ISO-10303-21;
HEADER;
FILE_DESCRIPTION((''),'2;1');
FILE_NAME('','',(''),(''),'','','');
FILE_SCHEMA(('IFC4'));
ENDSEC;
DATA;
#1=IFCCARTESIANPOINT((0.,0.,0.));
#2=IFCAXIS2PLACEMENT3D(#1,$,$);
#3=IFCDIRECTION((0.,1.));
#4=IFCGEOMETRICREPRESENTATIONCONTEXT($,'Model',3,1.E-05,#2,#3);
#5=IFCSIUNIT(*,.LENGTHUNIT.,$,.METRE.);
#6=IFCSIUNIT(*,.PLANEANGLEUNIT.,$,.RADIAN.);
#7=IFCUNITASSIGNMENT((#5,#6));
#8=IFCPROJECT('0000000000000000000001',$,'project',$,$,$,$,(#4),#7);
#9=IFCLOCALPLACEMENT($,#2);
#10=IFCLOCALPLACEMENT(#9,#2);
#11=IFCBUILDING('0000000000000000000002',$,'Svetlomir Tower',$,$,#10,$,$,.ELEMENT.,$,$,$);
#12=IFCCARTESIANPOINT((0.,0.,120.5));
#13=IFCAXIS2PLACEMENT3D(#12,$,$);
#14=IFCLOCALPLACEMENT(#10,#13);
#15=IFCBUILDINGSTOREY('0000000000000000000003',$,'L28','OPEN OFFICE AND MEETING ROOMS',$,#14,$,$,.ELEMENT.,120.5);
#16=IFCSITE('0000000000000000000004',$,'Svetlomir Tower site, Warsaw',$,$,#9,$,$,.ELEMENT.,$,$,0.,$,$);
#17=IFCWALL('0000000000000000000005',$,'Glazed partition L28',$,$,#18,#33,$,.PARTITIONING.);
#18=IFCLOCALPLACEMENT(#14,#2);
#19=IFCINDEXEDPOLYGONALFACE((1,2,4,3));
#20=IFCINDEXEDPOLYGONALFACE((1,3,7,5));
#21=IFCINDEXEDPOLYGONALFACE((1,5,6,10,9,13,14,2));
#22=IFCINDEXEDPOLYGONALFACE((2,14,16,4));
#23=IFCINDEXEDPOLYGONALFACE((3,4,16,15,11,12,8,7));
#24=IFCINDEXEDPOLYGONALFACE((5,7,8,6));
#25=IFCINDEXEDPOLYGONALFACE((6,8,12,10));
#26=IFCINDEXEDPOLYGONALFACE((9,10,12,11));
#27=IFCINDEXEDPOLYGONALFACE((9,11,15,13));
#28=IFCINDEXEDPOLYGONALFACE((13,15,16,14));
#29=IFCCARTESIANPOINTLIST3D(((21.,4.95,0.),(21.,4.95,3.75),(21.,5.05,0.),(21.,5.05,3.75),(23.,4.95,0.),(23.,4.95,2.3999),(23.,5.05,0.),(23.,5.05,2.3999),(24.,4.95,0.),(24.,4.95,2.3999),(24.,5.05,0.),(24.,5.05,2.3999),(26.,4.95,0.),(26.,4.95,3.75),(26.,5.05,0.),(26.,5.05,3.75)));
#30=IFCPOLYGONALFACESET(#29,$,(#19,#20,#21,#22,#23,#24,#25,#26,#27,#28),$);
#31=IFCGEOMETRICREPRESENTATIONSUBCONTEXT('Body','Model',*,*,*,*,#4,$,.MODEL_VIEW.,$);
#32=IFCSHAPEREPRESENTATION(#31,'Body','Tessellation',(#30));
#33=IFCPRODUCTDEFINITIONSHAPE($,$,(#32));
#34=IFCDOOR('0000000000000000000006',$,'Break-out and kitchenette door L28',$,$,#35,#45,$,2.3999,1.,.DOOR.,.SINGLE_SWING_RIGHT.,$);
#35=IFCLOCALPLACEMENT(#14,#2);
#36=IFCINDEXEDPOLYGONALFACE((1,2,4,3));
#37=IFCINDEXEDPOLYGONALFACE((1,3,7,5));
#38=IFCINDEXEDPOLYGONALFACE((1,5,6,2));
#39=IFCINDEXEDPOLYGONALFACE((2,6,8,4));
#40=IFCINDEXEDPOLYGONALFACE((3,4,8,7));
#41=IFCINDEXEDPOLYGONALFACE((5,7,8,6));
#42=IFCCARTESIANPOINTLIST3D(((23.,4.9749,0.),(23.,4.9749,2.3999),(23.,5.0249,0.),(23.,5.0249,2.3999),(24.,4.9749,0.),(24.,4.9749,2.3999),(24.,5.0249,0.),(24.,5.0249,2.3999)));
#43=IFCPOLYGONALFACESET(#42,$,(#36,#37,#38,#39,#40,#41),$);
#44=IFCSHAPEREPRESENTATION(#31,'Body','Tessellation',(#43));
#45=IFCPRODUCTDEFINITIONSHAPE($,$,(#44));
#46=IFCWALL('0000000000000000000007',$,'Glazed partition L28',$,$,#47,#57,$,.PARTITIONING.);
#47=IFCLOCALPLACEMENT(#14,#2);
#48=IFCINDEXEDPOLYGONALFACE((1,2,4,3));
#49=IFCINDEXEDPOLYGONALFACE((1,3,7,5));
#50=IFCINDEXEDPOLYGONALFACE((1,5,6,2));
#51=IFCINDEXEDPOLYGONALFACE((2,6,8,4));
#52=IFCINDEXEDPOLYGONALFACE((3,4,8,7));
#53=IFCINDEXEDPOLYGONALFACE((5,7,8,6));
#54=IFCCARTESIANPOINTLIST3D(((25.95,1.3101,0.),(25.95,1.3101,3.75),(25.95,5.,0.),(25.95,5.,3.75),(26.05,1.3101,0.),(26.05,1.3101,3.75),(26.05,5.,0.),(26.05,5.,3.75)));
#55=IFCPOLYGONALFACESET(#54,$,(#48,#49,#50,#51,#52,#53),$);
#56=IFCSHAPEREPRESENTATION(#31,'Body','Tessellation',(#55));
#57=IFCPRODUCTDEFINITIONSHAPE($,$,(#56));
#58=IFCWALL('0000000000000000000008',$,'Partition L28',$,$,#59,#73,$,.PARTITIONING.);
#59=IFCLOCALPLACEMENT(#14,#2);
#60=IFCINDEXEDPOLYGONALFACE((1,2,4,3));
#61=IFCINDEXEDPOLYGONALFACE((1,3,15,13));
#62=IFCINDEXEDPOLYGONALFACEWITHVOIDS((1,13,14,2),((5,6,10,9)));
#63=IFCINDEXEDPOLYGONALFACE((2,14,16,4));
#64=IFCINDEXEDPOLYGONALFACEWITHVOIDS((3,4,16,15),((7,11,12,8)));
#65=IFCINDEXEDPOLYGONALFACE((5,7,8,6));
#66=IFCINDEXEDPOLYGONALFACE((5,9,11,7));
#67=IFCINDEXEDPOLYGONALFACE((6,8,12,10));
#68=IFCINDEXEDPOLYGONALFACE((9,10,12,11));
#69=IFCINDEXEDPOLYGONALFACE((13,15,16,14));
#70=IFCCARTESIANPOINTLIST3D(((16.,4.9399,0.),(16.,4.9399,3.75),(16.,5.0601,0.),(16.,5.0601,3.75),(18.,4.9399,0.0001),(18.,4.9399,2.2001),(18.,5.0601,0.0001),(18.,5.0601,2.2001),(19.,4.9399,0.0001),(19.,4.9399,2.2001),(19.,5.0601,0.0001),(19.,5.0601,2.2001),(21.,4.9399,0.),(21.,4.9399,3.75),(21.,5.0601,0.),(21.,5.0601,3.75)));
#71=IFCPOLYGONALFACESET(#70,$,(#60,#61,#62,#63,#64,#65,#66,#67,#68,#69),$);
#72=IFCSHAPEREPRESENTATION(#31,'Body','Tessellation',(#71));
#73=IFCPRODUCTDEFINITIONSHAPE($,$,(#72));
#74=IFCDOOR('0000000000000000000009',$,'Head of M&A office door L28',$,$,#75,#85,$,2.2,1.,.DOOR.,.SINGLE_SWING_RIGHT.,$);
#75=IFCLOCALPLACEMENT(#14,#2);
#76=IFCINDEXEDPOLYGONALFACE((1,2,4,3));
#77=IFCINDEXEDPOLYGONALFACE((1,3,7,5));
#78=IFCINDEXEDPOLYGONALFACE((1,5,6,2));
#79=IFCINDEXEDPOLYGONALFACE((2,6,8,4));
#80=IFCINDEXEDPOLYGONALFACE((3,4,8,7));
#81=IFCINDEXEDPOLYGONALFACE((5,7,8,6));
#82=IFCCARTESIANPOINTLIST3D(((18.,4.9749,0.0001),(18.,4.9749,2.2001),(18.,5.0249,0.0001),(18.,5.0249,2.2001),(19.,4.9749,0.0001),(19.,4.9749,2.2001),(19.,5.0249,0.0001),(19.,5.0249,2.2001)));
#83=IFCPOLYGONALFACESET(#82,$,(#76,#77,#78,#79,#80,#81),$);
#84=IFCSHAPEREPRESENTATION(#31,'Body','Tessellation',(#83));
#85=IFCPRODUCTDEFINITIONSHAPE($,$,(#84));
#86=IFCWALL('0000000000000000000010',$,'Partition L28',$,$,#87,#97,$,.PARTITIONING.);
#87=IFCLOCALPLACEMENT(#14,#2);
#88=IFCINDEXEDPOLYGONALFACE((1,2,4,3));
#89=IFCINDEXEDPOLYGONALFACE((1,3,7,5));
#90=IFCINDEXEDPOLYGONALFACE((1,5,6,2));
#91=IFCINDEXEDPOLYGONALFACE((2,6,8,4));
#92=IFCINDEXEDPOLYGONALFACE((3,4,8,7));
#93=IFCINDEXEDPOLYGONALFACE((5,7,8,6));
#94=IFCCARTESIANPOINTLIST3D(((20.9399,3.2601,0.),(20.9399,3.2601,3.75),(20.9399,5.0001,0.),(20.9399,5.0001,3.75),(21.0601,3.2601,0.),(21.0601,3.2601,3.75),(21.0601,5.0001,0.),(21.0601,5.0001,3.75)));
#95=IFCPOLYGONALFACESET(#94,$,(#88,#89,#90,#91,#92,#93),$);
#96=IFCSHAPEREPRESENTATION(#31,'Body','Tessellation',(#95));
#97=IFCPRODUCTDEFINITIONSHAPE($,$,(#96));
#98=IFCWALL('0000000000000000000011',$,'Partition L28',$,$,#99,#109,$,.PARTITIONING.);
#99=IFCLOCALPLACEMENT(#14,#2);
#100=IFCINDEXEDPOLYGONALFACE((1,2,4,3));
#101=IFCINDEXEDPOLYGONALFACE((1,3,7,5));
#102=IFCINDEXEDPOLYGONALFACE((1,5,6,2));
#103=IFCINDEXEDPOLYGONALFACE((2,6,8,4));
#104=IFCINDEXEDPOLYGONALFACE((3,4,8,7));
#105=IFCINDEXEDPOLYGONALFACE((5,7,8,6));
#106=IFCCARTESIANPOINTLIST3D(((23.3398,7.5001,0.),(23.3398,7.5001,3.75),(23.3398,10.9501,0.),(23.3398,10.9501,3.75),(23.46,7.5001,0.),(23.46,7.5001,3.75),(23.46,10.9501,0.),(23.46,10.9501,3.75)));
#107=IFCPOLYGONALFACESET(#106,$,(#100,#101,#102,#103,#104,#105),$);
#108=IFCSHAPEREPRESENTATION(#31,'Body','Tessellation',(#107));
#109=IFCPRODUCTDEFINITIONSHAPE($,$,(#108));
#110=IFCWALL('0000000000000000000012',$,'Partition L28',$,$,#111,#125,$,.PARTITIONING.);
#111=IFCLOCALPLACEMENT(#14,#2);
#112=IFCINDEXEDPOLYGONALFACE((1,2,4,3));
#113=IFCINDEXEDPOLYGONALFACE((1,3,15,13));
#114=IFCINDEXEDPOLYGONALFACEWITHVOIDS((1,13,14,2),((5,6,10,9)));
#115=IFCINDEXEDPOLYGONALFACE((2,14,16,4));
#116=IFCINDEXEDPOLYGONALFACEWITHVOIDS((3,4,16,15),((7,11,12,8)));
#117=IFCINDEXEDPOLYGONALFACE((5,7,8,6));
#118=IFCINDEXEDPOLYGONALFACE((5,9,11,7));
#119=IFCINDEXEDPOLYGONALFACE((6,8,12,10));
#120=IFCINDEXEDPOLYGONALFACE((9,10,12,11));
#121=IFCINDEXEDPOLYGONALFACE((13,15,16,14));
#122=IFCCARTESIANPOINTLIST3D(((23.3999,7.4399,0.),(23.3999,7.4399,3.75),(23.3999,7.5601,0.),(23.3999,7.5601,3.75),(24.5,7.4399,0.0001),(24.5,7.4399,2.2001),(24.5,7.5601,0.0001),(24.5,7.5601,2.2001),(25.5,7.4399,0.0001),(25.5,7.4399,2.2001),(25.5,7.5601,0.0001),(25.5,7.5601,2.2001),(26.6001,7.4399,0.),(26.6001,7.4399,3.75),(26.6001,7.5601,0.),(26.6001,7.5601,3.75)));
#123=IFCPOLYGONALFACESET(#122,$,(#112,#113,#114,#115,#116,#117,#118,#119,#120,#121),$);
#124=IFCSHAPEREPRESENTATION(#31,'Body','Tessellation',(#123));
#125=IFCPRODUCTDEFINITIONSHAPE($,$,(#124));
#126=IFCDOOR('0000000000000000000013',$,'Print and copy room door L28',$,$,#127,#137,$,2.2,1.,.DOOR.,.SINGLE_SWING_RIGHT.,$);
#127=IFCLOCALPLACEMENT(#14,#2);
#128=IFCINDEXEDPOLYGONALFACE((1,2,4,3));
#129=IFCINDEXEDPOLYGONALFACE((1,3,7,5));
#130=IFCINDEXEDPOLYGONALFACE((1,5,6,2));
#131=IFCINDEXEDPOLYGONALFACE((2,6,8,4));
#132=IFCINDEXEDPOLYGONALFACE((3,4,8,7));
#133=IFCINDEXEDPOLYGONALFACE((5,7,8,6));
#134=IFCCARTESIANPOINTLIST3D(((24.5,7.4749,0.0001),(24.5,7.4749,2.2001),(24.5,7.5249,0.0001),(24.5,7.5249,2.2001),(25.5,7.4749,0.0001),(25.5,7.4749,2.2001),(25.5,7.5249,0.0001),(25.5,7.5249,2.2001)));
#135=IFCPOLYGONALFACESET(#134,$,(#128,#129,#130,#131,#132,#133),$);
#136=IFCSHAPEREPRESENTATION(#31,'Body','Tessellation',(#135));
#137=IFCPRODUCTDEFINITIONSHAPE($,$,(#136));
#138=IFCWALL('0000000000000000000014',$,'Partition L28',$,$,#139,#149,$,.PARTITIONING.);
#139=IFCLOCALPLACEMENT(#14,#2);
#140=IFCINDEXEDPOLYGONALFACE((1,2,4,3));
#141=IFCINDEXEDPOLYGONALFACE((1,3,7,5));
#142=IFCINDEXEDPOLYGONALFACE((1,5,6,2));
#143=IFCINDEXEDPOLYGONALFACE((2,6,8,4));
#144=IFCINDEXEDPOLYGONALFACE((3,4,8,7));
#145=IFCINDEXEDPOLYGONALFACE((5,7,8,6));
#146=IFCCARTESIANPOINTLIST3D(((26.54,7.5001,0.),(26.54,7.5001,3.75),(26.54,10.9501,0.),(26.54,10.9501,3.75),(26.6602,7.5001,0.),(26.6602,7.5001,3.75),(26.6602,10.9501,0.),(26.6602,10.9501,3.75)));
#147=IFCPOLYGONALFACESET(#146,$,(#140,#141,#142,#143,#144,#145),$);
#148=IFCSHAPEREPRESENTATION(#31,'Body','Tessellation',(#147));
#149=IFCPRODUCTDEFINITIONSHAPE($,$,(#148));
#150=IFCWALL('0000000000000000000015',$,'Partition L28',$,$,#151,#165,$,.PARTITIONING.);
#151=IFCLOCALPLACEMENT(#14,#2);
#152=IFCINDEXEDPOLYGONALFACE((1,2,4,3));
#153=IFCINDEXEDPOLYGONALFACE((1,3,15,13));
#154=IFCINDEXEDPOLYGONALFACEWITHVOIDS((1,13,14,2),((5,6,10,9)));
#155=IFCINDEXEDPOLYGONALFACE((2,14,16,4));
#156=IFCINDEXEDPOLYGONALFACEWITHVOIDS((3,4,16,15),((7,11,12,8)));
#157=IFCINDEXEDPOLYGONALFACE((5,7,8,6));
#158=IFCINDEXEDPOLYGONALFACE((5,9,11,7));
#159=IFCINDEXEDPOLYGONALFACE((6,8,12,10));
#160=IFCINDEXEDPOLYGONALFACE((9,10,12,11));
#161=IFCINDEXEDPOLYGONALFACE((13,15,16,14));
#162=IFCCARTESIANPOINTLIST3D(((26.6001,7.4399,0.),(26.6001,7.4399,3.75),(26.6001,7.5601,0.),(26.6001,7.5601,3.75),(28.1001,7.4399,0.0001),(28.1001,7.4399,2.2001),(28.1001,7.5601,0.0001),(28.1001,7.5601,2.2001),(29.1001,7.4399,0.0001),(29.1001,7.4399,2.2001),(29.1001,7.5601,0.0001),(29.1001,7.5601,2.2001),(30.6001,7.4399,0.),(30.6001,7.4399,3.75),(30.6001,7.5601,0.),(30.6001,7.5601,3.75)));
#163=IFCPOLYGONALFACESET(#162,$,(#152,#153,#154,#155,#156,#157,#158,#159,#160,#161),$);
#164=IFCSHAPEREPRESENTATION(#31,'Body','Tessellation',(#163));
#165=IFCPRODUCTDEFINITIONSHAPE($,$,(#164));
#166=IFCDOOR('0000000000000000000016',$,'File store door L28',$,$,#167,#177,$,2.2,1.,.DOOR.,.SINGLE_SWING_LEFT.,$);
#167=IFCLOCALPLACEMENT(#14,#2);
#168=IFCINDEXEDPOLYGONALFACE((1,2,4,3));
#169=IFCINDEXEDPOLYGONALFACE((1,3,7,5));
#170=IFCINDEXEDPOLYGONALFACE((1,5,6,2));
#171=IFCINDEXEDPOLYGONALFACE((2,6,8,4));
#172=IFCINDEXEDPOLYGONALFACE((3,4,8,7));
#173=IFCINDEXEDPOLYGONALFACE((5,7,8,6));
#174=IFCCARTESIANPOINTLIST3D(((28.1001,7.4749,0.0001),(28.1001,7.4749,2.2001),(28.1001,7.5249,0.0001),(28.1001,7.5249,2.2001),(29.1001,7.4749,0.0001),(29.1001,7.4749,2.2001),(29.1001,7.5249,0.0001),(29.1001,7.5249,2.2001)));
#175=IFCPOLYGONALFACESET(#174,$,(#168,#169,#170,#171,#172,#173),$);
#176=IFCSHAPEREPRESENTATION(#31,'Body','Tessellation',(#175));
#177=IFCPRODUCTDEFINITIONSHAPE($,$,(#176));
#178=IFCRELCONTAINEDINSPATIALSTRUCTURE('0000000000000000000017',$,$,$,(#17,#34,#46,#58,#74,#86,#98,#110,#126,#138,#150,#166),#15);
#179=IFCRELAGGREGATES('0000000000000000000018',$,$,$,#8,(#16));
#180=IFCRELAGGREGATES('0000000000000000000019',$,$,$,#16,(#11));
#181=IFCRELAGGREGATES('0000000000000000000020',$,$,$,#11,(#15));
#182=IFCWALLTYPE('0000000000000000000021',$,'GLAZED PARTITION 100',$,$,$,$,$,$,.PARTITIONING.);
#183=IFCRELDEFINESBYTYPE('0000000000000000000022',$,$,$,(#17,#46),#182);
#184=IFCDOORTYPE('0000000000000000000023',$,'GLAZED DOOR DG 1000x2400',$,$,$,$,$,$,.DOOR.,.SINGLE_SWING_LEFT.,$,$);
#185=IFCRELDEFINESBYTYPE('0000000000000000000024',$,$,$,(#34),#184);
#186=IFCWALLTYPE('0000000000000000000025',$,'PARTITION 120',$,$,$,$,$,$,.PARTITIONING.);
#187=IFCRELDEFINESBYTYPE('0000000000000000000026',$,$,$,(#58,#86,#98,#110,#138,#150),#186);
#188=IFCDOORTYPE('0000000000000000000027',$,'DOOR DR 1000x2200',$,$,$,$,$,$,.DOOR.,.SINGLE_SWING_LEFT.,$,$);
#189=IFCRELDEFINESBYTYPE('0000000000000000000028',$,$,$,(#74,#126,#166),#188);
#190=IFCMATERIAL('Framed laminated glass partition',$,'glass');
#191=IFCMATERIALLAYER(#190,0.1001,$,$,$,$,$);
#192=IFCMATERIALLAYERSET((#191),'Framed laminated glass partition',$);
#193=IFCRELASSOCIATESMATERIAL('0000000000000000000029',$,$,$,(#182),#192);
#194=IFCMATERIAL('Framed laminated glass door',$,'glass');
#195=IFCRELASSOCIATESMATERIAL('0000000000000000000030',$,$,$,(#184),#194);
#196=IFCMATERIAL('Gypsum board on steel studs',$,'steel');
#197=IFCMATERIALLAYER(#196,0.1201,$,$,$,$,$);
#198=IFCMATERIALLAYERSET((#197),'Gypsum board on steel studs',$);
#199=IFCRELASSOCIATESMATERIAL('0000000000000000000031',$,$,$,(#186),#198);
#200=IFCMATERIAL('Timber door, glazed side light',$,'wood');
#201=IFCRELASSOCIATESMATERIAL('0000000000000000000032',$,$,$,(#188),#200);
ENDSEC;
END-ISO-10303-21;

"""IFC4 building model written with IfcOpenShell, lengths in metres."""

from ifc_helpers import new_model, si_unit, direction, frame, frame_2d, origin, place, context, subcontext, project, spatial, rectangle, extrude, material, layer, layer_set, type_object, element, fill, save


model = new_model("IFC4")

# Units and contexts
model_context = context("Model", 3, precision=1e-05, world=origin(), true_north=direction((0.0, 1.0)))
body_context = subcontext(model_context, "Body", "Model", "MODEL_VIEW")
ifc_project = project(units=[si_unit("LENGTHUNIT", "METRE"), si_unit("PLANEANGLEUNIT", "RADIAN")], contexts=[model_context])

# Site, building, storey
site_placement = place(None, origin())
site = spatial("IfcSite", under=ifc_project, at=site_placement, Name="Svetlomir Tower site, Warsaw", CompositionType="ELEMENT", RefElevation=0.0)
building_placement = place(site_placement, origin())
building = spatial("IfcBuilding", under=site, at=building_placement, Name="Svetlomir Tower", CompositionType="ELEMENT")
storey_placement = place(building_placement, frame((0.0, 0.0, 120.5)))
storey = spatial("IfcBuildingStorey", under=building, at=storey_placement, Name="L28", Description="OPEN OFFICE AND MEETING ROOMS", CompositionType="ELEMENT", Elevation=120.5)

# Shared definitions
ifc_material_1 = material(Name="Framed laminated glass partition", Category="glass")
ifc_layer_1 = layer(ifc_material_1, 0.1001)
ifc_layer_set_1 = layer_set([ifc_layer_1], Name="Framed laminated glass partition")
wall_type_1 = type_object("IfcWallType", Name="GLAZED PARTITION 100", PredefinedType="PARTITIONING", material=ifc_layer_set_1)

# Wall, opening, door
wall_1_placement = place(storey_placement, frame((21.0, 5.0, 0.0), z_axis=(0.0, 0.0, 1.0), x_axis=(1.0, 0.0, 0.0)))
wall_1 = element("IfcWall", 1, at=wall_1_placement, inside=storey, type_object=wall_type_1, Name="Glazed partition L28", PredefinedType="PARTITIONING", context=body_context, shape_type="SweptSolid", body=[
    extrude(rectangle(XDim=5.0, YDim=0.1001, at=frame_2d((2.5, 0.0))), origin(), (0.0, 0.0, 1.0), 3.75),
])
opening_1_placement = place(wall_1_placement, frame((2.0, 0.0, 0.0)))
opening_1 = element("IfcOpeningElement", 2, at=opening_1_placement, cuts=wall_1, PredefinedType="OPENING", context=body_context, shape_type="SweptSolid", body=[
    extrude(rectangle(XDim=1.0, YDim=2.3999, at=frame_2d((0.5, 1.2))), frame((0.0, 0.0601, 0.0), z_axis=(0.0, -1.0, 0.0), x_axis=(1.0, 0.0, 0.0)), (0.0, 0.0, 1.0), 0.1201),
])
ifc_material_2 = material(Name="Framed laminated glass door", Category="glass")
door_type_1 = type_object("IfcDoorType", Name="GLAZED DOOR DG 1000x2400", OperationType="SINGLE_SWING_LEFT", PredefinedType="DOOR", material=ifc_material_2)
door_1_placement = place(opening_1_placement, origin())
door_1 = element("IfcDoor", 3, at=door_1_placement, inside=storey, type_object=door_type_1, Name="Break-out and kitchenette door L28", OperationType="SINGLE_SWING_RIGHT", OverallHeight=2.3999, OverallWidth=1.0, PredefinedType="DOOR", context=body_context, shape_type="SweptSolid", body=[
    extrude(rectangle(XDim=1.0, YDim=2.3999, at=frame_2d((0.5, 1.2))), frame((0.0, 0.0249, 0.0), z_axis=(0.0, -1.0, 0.0), x_axis=(1.0, 0.0, 0.0)), (0.0, 0.0, 1.0), 0.05),
])
fill(opening_1, door_1)

# Wall
wall_2_placement = place(storey_placement, frame((26.0, 1.3101, 0.0), z_axis=(0.0, 0.0, 1.0), x_axis=(0.0, 1.0, 0.0)))
element("IfcWall", 4, at=wall_2_placement, inside=storey, type_object=wall_type_1, Name="Glazed partition L28", PredefinedType="PARTITIONING", context=body_context, shape_type="SweptSolid", body=[
    extrude(rectangle(XDim=3.6899, YDim=0.1001, at=frame_2d((1.845, 0.0))), origin(), (0.0, 0.0, 1.0), 3.75),
])

# Wall, opening, door
ifc_material_3 = material(Name="Gypsum board on steel studs", Category="steel")
ifc_layer_2 = layer(ifc_material_3, 0.1201)
ifc_layer_set_2 = layer_set([ifc_layer_2], Name="Gypsum board on steel studs")
wall_type_2 = type_object("IfcWallType", Name="PARTITION 120", PredefinedType="PARTITIONING", material=ifc_layer_set_2)
wall_3_placement = place(storey_placement, frame((16.0, 5.0, 0.0), z_axis=(0.0, 0.0, 1.0), x_axis=(1.0, 0.0, 0.0)))
wall_3 = element("IfcWall", 5, at=wall_3_placement, inside=storey, type_object=wall_type_2, Name="Partition L28", PredefinedType="PARTITIONING", context=body_context, shape_type="SweptSolid", body=[
    extrude(rectangle(XDim=5.0, YDim=0.1201, at=frame_2d((2.5, 0.0))), origin(), (0.0, 0.0, 1.0), 3.75),
])
opening_2_placement = place(wall_3_placement, frame((2.0, 0.0, 0.0)))
opening_2 = element("IfcOpeningElement", 6, at=opening_2_placement, cuts=wall_3, PredefinedType="OPENING", context=body_context, shape_type="SweptSolid", body=[
    extrude(rectangle(XDim=1.0, YDim=2.2, at=frame_2d((0.5, 1.1001))), frame((0.0, 0.0701, 0.0), z_axis=(0.0, -1.0, 0.0), x_axis=(1.0, 0.0, 0.0)), (0.0, 0.0, 1.0), 0.1401),
])
ifc_material_4 = material(Name="Timber door, glazed side light", Category="wood")
door_type_2 = type_object("IfcDoorType", Name="DOOR DR 1000x2200", OperationType="SINGLE_SWING_LEFT", PredefinedType="DOOR", material=ifc_material_4)
door_2_placement = place(opening_2_placement, origin())
door_2 = element("IfcDoor", 7, at=door_2_placement, inside=storey, type_object=door_type_2, Name="Head of M&A office door L28", OperationType="SINGLE_SWING_RIGHT", OverallHeight=2.2, OverallWidth=1.0, PredefinedType="DOOR", context=body_context, shape_type="SweptSolid", body=[
    extrude(rectangle(XDim=1.0, YDim=2.2, at=frame_2d((0.5, 1.1001))), frame((0.0, 0.0249, 0.0), z_axis=(0.0, -1.0, 0.0), x_axis=(1.0, 0.0, 0.0)), (0.0, 0.0, 1.0), 0.05),
])
fill(opening_2, door_2)

# Walls
wall_4_placement = place(storey_placement, frame((21.0, 3.26, 0.0), z_axis=(0.0, 0.0, 1.0), x_axis=(0.0, 1.0, 0.0)))
element("IfcWall", 8, at=wall_4_placement, inside=storey, type_object=wall_type_2, Name="Partition L28", PredefinedType="PARTITIONING", context=body_context, shape_type="SweptSolid", body=[
    extrude(rectangle(XDim=1.74, YDim=0.1201, at=frame_2d((0.8701, 0.0))), origin(), (0.0, 0.0, 1.0), 3.75),
])
wall_5_placement = place(storey_placement, frame((23.3999, 7.5, 0.0), z_axis=(0.0, 0.0, 1.0), x_axis=(0.0, 1.0, 0.0)))
element("IfcWall", 9, at=wall_5_placement, inside=storey, type_object=wall_type_2, Name="Partition L28", PredefinedType="PARTITIONING", context=body_context, shape_type="SweptSolid", body=[
    extrude(rectangle(XDim=3.45, YDim=0.1201, at=frame_2d((1.7251, 0.0))), origin(), (0.0, 0.0, 1.0), 3.75),
])

# Wall, opening, door
wall_6_placement = place(storey_placement, frame((23.3999, 7.5, 0.0), z_axis=(0.0, 0.0, 1.0), x_axis=(1.0, 0.0, 0.0)))
wall_6 = element("IfcWall", 10, at=wall_6_placement, inside=storey, type_object=wall_type_2, Name="Partition L28", PredefinedType="PARTITIONING", context=body_context, shape_type="SweptSolid", body=[
    extrude(rectangle(XDim=3.2002, YDim=0.1201, at=frame_2d((1.6001, 0.0))), origin(), (0.0, 0.0, 1.0), 3.75),
])
opening_3_placement = place(wall_6_placement, frame((1.1001, 0.0, 0.0)))
opening_3 = element("IfcOpeningElement", 11, at=opening_3_placement, cuts=wall_6, PredefinedType="OPENING", context=body_context, shape_type="SweptSolid", body=[
    extrude(rectangle(XDim=1.0, YDim=2.2, at=frame_2d((0.5, 1.1001))), frame((0.0, 0.0701, 0.0), z_axis=(0.0, -1.0, 0.0), x_axis=(1.0, 0.0, 0.0)), (0.0, 0.0, 1.0), 0.1401),
])
door_3_placement = place(opening_3_placement, origin())
door_3 = element("IfcDoor", 12, at=door_3_placement, inside=storey, type_object=door_type_2, Name="Print and copy room door L28", OperationType="SINGLE_SWING_RIGHT", OverallHeight=2.2, OverallWidth=1.0, PredefinedType="DOOR", context=body_context, shape_type="SweptSolid", body=[
    extrude(rectangle(XDim=1.0, YDim=2.2, at=frame_2d((0.5, 1.1001))), frame((0.0, 0.0249, 0.0), z_axis=(0.0, -1.0, 0.0), x_axis=(1.0, 0.0, 0.0)), (0.0, 0.0, 1.0), 0.05),
])
fill(opening_3, door_3)

# Wall
wall_7_placement = place(storey_placement, frame((26.6001, 7.5, 0.0), z_axis=(0.0, 0.0, 1.0), x_axis=(0.0, 1.0, 0.0)))
element("IfcWall", 13, at=wall_7_placement, inside=storey, type_object=wall_type_2, Name="Partition L28", PredefinedType="PARTITIONING", context=body_context, shape_type="SweptSolid", body=[
    extrude(rectangle(XDim=3.45, YDim=0.1201, at=frame_2d((1.7251, 0.0))), origin(), (0.0, 0.0, 1.0), 3.75),
])

# Wall, opening, door
wall_8_placement = place(storey_placement, frame((26.6001, 7.5, 0.0), z_axis=(0.0, 0.0, 1.0), x_axis=(1.0, 0.0, 0.0)))
wall_8 = element("IfcWall", 14, at=wall_8_placement, inside=storey, type_object=wall_type_2, Name="Partition L28", PredefinedType="PARTITIONING", context=body_context, shape_type="SweptSolid", body=[
    extrude(rectangle(XDim=4.0, YDim=0.1201, at=frame_2d((2.0, 0.0))), origin(), (0.0, 0.0, 1.0), 3.75),
])
opening_4_placement = place(wall_8_placement, frame((1.5, 0.0, 0.0)))
opening_4 = element("IfcOpeningElement", 15, at=opening_4_placement, cuts=wall_8, PredefinedType="OPENING", context=body_context, shape_type="SweptSolid", body=[
    extrude(rectangle(XDim=1.0, YDim=2.2, at=frame_2d((0.5, 1.1001))), frame((0.0, 0.0701, 0.0), z_axis=(0.0, -1.0, 0.0), x_axis=(1.0, 0.0, 0.0)), (0.0, 0.0, 1.0), 0.1401),
])
door_4_placement = place(opening_4_placement, origin())
door_4 = element("IfcDoor", 16, at=door_4_placement, inside=storey, type_object=door_type_2, Name="File store door L28", OperationType="SINGLE_SWING_LEFT", OverallHeight=2.2, OverallWidth=1.0, PredefinedType="DOOR", context=body_context, shape_type="SweptSolid", body=[
    extrude(rectangle(XDim=1.0, YDim=2.2, at=frame_2d((0.5, 1.1001))), frame((0.0, 0.0249, 0.0), z_axis=(0.0, -1.0, 0.0), x_axis=(1.0, 0.0, 0.0)), (0.0, 0.0, 1.0), 0.05),
])
fill(opening_4, door_4)

save(model, "model.ifc")
